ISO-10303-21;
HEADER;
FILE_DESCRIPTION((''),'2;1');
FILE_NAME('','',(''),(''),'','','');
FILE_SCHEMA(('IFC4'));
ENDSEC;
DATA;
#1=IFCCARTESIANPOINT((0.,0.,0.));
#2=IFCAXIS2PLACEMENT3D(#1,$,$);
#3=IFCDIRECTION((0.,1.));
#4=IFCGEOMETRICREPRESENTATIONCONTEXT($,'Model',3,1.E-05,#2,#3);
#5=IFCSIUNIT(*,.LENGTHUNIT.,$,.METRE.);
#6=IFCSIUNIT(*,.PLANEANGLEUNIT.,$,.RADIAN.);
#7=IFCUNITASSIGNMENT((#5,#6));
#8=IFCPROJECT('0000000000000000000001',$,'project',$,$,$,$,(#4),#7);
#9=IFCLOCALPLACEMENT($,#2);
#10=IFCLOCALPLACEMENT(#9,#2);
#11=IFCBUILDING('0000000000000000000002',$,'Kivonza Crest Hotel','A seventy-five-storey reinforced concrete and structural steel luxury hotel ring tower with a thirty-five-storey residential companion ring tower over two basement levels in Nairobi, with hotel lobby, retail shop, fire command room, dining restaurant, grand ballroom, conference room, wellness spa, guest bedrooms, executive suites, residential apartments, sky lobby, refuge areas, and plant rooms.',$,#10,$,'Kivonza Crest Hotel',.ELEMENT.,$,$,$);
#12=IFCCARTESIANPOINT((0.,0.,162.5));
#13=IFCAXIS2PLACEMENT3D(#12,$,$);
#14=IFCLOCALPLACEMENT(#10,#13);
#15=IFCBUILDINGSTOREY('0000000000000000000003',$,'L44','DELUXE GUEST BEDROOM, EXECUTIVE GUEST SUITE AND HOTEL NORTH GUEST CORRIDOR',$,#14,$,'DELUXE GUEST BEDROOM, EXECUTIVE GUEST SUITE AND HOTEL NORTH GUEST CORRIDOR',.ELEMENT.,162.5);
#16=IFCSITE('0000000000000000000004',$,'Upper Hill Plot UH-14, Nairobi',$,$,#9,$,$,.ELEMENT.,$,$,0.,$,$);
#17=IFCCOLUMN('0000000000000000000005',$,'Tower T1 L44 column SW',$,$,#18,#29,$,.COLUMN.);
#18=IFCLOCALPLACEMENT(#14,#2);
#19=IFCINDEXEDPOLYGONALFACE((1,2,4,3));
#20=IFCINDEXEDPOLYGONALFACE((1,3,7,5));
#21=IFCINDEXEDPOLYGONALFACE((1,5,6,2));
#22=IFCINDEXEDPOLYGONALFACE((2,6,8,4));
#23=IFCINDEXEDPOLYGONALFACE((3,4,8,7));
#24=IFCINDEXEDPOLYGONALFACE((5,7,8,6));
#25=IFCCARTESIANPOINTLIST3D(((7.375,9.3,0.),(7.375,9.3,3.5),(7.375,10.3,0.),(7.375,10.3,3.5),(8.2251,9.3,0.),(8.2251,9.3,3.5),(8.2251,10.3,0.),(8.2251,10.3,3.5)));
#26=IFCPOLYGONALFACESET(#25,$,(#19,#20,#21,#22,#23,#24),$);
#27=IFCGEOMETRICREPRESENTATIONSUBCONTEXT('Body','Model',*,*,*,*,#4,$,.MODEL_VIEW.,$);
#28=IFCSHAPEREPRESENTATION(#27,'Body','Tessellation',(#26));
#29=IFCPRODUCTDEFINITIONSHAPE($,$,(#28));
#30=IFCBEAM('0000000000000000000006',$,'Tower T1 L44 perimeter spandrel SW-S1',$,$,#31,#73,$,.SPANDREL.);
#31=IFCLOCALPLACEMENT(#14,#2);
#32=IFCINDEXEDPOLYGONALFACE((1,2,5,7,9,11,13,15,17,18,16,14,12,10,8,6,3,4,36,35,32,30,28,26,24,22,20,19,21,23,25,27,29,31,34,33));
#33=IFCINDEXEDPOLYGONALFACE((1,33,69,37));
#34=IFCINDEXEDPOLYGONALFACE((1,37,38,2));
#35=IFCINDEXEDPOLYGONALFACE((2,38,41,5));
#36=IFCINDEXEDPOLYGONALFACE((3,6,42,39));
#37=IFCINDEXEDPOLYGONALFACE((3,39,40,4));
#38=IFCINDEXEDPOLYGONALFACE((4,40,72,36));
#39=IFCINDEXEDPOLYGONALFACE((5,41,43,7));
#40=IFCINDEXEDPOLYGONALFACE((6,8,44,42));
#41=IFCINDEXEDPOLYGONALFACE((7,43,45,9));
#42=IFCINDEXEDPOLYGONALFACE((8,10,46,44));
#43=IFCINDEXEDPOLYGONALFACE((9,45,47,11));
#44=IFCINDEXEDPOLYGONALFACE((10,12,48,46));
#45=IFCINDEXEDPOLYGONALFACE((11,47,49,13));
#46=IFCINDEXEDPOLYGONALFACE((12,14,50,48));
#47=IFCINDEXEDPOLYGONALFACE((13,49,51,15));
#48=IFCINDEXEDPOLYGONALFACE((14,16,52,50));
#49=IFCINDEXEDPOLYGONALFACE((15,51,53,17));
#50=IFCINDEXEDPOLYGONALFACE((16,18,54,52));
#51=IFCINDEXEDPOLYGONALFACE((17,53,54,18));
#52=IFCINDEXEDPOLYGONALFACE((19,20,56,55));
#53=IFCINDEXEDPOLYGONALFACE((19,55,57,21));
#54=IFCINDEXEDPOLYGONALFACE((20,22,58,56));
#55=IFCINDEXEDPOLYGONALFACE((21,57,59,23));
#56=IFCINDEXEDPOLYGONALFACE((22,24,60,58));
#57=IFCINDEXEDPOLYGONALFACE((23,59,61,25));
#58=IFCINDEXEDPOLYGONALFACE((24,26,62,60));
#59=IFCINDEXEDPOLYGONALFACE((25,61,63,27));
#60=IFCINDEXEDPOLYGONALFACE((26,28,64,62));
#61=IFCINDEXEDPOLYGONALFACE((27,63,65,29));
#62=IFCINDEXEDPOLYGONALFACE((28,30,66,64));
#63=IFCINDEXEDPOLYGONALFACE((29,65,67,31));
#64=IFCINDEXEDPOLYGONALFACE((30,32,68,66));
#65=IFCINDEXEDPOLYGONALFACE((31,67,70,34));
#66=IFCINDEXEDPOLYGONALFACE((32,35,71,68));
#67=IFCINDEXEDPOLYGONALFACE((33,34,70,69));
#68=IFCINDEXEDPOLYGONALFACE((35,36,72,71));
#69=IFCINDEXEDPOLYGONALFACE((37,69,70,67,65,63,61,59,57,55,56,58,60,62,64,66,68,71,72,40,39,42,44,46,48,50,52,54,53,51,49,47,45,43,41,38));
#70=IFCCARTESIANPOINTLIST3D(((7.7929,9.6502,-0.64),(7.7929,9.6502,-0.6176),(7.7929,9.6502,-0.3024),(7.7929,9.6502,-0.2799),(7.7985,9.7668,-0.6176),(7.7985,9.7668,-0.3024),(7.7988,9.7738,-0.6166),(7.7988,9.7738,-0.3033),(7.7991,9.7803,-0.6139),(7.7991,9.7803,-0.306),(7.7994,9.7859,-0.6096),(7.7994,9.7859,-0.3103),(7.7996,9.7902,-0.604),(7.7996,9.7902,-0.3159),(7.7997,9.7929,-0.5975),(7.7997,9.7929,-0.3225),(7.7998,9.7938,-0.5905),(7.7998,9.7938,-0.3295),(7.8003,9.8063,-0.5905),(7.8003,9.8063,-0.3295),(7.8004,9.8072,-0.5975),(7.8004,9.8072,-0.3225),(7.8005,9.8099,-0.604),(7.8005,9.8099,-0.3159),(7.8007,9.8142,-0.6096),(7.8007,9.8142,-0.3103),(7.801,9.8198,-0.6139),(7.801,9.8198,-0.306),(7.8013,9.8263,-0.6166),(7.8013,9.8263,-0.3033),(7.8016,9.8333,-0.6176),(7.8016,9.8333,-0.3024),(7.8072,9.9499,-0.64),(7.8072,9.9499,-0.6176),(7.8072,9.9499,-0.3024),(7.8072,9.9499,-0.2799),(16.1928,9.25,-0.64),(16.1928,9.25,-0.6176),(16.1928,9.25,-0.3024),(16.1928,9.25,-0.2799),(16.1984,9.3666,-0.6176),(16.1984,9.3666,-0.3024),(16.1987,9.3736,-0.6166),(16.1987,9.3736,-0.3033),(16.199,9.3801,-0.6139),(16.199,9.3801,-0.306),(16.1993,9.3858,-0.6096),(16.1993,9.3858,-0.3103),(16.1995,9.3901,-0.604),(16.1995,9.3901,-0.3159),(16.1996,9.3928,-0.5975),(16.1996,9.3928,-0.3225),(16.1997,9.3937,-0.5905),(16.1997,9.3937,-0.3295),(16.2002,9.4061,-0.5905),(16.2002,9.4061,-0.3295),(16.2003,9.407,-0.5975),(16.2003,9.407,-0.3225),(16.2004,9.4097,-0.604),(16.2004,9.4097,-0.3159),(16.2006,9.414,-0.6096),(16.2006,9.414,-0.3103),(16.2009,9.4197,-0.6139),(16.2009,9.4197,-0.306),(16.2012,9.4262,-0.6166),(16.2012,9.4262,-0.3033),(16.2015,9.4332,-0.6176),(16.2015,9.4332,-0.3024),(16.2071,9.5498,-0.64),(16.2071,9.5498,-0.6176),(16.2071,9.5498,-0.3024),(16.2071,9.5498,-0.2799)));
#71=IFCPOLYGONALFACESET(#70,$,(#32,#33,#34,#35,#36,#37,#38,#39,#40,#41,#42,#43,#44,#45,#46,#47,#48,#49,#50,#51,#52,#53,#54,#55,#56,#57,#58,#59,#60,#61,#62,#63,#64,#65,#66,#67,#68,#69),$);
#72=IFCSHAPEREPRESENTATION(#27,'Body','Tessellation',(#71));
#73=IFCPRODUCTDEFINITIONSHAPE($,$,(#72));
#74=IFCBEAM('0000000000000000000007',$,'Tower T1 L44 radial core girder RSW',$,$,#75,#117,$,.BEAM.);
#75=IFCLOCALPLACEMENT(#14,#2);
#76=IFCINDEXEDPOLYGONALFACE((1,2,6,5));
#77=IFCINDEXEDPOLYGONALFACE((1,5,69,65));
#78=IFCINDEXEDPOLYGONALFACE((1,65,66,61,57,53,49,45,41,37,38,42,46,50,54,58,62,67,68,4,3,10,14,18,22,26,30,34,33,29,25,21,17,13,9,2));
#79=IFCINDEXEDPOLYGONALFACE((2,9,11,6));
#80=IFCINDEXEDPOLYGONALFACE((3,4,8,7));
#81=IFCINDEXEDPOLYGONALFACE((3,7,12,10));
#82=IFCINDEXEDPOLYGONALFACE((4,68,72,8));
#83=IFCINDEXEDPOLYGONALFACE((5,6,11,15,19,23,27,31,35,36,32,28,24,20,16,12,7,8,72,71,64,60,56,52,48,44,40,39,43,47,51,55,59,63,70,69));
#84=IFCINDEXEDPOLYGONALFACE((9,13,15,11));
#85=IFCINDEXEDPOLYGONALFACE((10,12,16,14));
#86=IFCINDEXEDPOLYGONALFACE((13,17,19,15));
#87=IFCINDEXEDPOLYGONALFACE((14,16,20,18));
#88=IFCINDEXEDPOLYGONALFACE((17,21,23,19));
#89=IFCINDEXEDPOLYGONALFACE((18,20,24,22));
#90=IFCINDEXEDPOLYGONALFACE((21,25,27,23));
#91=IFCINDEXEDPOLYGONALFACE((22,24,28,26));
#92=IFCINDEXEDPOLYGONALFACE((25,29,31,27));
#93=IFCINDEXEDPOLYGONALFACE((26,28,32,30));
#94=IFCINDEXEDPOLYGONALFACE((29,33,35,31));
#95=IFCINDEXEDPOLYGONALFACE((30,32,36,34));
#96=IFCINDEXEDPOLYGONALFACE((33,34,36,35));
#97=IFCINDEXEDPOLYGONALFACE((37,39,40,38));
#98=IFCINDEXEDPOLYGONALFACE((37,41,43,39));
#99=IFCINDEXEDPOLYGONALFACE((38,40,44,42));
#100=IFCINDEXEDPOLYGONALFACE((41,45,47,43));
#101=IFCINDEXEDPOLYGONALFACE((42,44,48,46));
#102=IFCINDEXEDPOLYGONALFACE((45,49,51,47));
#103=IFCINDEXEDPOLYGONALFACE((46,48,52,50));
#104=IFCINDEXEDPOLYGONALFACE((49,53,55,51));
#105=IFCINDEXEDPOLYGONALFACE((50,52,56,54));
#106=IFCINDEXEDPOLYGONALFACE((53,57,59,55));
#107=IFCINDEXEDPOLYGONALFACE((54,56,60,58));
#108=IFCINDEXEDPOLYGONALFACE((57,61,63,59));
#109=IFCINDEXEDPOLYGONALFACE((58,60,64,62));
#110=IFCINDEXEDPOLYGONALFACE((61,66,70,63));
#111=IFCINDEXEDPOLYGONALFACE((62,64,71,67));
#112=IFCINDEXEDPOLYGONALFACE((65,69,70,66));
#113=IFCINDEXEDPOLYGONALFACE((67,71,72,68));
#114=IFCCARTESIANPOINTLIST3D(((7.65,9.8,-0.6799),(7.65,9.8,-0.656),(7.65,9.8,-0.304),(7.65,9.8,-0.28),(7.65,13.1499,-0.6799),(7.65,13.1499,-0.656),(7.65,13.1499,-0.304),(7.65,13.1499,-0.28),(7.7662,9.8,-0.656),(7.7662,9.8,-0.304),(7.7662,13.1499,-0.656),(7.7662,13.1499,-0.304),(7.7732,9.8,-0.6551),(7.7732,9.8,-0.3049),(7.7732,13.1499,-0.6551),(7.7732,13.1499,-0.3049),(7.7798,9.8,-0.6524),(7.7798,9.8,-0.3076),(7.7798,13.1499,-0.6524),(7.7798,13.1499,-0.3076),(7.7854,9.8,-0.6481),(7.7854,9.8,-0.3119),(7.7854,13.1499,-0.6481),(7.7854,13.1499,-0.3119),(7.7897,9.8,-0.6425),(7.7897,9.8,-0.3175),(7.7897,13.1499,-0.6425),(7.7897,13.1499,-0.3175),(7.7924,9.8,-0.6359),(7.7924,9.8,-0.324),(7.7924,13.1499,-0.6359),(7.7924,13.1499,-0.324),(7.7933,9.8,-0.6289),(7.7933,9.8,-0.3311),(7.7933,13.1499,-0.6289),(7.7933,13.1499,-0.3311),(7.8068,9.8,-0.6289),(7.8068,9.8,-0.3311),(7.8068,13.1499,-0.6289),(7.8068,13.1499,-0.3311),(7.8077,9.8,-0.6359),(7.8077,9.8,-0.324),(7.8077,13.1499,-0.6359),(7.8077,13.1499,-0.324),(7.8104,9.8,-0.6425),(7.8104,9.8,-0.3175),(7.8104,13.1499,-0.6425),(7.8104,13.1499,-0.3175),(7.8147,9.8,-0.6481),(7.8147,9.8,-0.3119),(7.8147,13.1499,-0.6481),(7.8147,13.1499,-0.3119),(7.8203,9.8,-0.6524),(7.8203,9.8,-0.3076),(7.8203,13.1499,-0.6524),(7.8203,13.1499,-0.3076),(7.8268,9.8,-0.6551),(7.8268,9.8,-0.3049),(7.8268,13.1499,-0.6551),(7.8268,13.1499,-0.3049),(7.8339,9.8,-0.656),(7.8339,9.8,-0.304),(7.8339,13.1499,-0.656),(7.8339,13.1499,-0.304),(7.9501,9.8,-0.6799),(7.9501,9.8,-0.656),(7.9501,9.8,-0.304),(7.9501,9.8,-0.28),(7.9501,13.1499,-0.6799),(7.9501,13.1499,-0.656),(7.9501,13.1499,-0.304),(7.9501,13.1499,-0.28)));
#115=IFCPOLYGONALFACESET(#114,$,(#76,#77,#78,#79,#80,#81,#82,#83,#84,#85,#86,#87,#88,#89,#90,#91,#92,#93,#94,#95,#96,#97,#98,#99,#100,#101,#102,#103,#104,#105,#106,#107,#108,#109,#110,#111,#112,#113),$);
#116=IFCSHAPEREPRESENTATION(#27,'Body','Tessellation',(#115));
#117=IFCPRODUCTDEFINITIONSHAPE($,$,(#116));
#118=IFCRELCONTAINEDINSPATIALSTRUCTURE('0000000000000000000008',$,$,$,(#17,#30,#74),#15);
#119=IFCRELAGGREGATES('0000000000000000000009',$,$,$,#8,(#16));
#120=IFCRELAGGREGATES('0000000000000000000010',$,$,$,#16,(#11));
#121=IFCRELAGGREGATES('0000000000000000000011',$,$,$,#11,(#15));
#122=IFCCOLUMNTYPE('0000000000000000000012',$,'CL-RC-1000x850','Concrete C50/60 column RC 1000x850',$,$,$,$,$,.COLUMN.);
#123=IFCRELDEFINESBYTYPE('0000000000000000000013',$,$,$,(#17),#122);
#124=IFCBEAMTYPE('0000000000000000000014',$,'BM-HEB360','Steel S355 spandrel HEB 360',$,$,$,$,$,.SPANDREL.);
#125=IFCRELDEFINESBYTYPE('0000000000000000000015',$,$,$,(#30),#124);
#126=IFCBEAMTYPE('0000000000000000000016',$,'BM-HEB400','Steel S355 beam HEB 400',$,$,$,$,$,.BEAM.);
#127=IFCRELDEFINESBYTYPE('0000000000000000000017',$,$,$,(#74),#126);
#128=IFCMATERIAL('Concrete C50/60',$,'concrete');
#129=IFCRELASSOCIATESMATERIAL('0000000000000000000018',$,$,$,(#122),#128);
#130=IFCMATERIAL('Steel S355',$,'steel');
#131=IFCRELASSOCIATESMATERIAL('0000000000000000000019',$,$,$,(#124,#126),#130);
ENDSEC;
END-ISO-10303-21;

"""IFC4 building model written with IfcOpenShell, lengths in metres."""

from ifc_helpers import new_model, si_unit, direction, frame, origin, origin_2d, place, context, subcontext, project, spatial, rectangle, i_section, extrude, material, material_profile, profile_set, type_object, element, save


model = new_model("IFC4")

# Units and contexts
model_context = context("Model", 3, precision=1e-05, world=origin(), true_north=direction((0.0, 1.0)))
body_context = subcontext(model_context, "Body", "Model", "MODEL_VIEW")
ifc_project = project(units=[si_unit("LENGTHUNIT", "METRE"), si_unit("PLANEANGLEUNIT", "RADIAN")], contexts=[model_context])

# Site, building, storey
site_placement = place(None, origin())
site = spatial("IfcSite", under=ifc_project, at=site_placement, Name="Upper Hill Plot UH-14, Nairobi", CompositionType="ELEMENT", RefElevation=0.0)
building_placement = place(site_placement, origin())
building = spatial("IfcBuilding", under=site, at=building_placement, Name="Kivonza Crest Hotel", Description="A seventy-five-storey reinforced concrete and structural steel luxury hotel ring tower with a thirty-five-storey residential companion ring tower over two basement levels in Nairobi, with hotel lobby, retail shop, fire command room, dining restaurant, grand ballroom, conference room, wellness spa, guest bedrooms, executive suites, residential apartments, sky lobby, refuge areas, and plant rooms.", LongName="Kivonza Crest Hotel", CompositionType="ELEMENT")
storey_placement = place(building_placement, frame((0.0, 0.0, 162.5)))
storey = spatial("IfcBuildingStorey", under=building, at=storey_placement, Name="L44", Description="DELUXE GUEST BEDROOM, EXECUTIVE GUEST SUITE AND HOTEL NORTH GUEST CORRIDOR", LongName="DELUXE GUEST BEDROOM, EXECUTIVE GUEST SUITE AND HOTEL NORTH GUEST CORRIDOR", CompositionType="ELEMENT", Elevation=162.5)

# Column
ifc_material_1 = material(Name="Concrete C50/60", Category="concrete")
ifc_material_profile_1 = material_profile(ifc_material_1, rectangle(XDim=0.8501, YDim=1.0, at=origin_2d()), Name="RC 1000x850")
ifc_profile_set_1 = profile_set([ifc_material_profile_1], Name="Concrete C50/60")
column_type = type_object("IfcColumnType", Name="CL-RC-1000x850", Description="Concrete C50/60 column RC 1000x850", PredefinedType="COLUMN", material=ifc_profile_set_1)
column_placement = place(storey_placement, frame((7.8, 9.8, 0.0), z_axis=(0.0, 0.0, 1.0), x_axis=(1.0, 0.0, 0.0)))
element("IfcColumn", 1, at=column_placement, inside=storey, type_object=column_type, Name="Tower T1 L44 column SW", PredefinedType="COLUMN", context=body_context, shape_type="SweptSolid", body=[
    extrude(rectangle(XDim=0.8501, YDim=1.0, at=origin_2d()), origin(), (0.0, 0.0, 1.0), 3.5),
])

# Beams
ifc_material_2 = material(Name="Steel S355", Category="steel")
ifc_material_profile_2 = material_profile(ifc_material_2, i_section(OverallWidth=0.3, OverallDepth=0.3601, WebThickness=0.0125, FlangeThickness=0.0225, FilletRadius=0.0271, at=origin_2d()), Name="HEB 360")
ifc_profile_set_2 = profile_set([ifc_material_profile_2], Name="Steel S355")
beam_type_1 = type_object("IfcBeamType", Name="BM-HEB360", Description="Steel S355 spandrel HEB 360", PredefinedType="SPANDREL", material=ifc_profile_set_2)
beam_1_placement = place(storey_placement, frame((7.8, 9.8, -0.46), z_axis=(0.998867, -0.047583, 0.0), x_axis=(0.047583, 0.998867, 0.0)))
element("IfcBeam", 2, at=beam_1_placement, inside=storey, type_object=beam_type_1, Name="Tower T1 L44 perimeter spandrel SW-S1", PredefinedType="SPANDREL", context=body_context, shape_type="SweptSolid", body=[
    extrude(i_section(OverallWidth=0.3, OverallDepth=0.3601, WebThickness=0.0125, FlangeThickness=0.0225, FilletRadius=0.0271, at=origin_2d()), origin(), (0.0, 0.0, 1.0), 8.4094),
])
ifc_material_profile_3 = material_profile(ifc_material_2, i_section(OverallWidth=0.3, OverallDepth=0.3999, WebThickness=0.0134, FlangeThickness=0.0239, FilletRadius=0.0271, at=origin_2d()), Name="HEB 400")
ifc_profile_set_3 = profile_set([ifc_material_profile_3], Name="Steel S355")
beam_type_2 = type_object("IfcBeamType", Name="BM-HEB400", Description="Steel S355 beam HEB 400", PredefinedType="BEAM", material=ifc_profile_set_3)
beam_2_placement = place(storey_placement, frame((7.8, 9.8, -0.48), z_axis=(0.0, 1.0, 0.0), x_axis=(-1.0, 0.0, 0.0)))
element("IfcBeam", 3, at=beam_2_placement, inside=storey, type_object=beam_type_2, Name="Tower T1 L44 radial core girder RSW", PredefinedType="BEAM", context=body_context, shape_type="SweptSolid", body=[
    extrude(i_section(OverallWidth=0.3, OverallDepth=0.3999, WebThickness=0.0134, FlangeThickness=0.0239, FilletRadius=0.0271, at=origin_2d()), origin(), (0.0, 0.0, 1.0), 3.3499),
])

save(model, "model.ifc")
